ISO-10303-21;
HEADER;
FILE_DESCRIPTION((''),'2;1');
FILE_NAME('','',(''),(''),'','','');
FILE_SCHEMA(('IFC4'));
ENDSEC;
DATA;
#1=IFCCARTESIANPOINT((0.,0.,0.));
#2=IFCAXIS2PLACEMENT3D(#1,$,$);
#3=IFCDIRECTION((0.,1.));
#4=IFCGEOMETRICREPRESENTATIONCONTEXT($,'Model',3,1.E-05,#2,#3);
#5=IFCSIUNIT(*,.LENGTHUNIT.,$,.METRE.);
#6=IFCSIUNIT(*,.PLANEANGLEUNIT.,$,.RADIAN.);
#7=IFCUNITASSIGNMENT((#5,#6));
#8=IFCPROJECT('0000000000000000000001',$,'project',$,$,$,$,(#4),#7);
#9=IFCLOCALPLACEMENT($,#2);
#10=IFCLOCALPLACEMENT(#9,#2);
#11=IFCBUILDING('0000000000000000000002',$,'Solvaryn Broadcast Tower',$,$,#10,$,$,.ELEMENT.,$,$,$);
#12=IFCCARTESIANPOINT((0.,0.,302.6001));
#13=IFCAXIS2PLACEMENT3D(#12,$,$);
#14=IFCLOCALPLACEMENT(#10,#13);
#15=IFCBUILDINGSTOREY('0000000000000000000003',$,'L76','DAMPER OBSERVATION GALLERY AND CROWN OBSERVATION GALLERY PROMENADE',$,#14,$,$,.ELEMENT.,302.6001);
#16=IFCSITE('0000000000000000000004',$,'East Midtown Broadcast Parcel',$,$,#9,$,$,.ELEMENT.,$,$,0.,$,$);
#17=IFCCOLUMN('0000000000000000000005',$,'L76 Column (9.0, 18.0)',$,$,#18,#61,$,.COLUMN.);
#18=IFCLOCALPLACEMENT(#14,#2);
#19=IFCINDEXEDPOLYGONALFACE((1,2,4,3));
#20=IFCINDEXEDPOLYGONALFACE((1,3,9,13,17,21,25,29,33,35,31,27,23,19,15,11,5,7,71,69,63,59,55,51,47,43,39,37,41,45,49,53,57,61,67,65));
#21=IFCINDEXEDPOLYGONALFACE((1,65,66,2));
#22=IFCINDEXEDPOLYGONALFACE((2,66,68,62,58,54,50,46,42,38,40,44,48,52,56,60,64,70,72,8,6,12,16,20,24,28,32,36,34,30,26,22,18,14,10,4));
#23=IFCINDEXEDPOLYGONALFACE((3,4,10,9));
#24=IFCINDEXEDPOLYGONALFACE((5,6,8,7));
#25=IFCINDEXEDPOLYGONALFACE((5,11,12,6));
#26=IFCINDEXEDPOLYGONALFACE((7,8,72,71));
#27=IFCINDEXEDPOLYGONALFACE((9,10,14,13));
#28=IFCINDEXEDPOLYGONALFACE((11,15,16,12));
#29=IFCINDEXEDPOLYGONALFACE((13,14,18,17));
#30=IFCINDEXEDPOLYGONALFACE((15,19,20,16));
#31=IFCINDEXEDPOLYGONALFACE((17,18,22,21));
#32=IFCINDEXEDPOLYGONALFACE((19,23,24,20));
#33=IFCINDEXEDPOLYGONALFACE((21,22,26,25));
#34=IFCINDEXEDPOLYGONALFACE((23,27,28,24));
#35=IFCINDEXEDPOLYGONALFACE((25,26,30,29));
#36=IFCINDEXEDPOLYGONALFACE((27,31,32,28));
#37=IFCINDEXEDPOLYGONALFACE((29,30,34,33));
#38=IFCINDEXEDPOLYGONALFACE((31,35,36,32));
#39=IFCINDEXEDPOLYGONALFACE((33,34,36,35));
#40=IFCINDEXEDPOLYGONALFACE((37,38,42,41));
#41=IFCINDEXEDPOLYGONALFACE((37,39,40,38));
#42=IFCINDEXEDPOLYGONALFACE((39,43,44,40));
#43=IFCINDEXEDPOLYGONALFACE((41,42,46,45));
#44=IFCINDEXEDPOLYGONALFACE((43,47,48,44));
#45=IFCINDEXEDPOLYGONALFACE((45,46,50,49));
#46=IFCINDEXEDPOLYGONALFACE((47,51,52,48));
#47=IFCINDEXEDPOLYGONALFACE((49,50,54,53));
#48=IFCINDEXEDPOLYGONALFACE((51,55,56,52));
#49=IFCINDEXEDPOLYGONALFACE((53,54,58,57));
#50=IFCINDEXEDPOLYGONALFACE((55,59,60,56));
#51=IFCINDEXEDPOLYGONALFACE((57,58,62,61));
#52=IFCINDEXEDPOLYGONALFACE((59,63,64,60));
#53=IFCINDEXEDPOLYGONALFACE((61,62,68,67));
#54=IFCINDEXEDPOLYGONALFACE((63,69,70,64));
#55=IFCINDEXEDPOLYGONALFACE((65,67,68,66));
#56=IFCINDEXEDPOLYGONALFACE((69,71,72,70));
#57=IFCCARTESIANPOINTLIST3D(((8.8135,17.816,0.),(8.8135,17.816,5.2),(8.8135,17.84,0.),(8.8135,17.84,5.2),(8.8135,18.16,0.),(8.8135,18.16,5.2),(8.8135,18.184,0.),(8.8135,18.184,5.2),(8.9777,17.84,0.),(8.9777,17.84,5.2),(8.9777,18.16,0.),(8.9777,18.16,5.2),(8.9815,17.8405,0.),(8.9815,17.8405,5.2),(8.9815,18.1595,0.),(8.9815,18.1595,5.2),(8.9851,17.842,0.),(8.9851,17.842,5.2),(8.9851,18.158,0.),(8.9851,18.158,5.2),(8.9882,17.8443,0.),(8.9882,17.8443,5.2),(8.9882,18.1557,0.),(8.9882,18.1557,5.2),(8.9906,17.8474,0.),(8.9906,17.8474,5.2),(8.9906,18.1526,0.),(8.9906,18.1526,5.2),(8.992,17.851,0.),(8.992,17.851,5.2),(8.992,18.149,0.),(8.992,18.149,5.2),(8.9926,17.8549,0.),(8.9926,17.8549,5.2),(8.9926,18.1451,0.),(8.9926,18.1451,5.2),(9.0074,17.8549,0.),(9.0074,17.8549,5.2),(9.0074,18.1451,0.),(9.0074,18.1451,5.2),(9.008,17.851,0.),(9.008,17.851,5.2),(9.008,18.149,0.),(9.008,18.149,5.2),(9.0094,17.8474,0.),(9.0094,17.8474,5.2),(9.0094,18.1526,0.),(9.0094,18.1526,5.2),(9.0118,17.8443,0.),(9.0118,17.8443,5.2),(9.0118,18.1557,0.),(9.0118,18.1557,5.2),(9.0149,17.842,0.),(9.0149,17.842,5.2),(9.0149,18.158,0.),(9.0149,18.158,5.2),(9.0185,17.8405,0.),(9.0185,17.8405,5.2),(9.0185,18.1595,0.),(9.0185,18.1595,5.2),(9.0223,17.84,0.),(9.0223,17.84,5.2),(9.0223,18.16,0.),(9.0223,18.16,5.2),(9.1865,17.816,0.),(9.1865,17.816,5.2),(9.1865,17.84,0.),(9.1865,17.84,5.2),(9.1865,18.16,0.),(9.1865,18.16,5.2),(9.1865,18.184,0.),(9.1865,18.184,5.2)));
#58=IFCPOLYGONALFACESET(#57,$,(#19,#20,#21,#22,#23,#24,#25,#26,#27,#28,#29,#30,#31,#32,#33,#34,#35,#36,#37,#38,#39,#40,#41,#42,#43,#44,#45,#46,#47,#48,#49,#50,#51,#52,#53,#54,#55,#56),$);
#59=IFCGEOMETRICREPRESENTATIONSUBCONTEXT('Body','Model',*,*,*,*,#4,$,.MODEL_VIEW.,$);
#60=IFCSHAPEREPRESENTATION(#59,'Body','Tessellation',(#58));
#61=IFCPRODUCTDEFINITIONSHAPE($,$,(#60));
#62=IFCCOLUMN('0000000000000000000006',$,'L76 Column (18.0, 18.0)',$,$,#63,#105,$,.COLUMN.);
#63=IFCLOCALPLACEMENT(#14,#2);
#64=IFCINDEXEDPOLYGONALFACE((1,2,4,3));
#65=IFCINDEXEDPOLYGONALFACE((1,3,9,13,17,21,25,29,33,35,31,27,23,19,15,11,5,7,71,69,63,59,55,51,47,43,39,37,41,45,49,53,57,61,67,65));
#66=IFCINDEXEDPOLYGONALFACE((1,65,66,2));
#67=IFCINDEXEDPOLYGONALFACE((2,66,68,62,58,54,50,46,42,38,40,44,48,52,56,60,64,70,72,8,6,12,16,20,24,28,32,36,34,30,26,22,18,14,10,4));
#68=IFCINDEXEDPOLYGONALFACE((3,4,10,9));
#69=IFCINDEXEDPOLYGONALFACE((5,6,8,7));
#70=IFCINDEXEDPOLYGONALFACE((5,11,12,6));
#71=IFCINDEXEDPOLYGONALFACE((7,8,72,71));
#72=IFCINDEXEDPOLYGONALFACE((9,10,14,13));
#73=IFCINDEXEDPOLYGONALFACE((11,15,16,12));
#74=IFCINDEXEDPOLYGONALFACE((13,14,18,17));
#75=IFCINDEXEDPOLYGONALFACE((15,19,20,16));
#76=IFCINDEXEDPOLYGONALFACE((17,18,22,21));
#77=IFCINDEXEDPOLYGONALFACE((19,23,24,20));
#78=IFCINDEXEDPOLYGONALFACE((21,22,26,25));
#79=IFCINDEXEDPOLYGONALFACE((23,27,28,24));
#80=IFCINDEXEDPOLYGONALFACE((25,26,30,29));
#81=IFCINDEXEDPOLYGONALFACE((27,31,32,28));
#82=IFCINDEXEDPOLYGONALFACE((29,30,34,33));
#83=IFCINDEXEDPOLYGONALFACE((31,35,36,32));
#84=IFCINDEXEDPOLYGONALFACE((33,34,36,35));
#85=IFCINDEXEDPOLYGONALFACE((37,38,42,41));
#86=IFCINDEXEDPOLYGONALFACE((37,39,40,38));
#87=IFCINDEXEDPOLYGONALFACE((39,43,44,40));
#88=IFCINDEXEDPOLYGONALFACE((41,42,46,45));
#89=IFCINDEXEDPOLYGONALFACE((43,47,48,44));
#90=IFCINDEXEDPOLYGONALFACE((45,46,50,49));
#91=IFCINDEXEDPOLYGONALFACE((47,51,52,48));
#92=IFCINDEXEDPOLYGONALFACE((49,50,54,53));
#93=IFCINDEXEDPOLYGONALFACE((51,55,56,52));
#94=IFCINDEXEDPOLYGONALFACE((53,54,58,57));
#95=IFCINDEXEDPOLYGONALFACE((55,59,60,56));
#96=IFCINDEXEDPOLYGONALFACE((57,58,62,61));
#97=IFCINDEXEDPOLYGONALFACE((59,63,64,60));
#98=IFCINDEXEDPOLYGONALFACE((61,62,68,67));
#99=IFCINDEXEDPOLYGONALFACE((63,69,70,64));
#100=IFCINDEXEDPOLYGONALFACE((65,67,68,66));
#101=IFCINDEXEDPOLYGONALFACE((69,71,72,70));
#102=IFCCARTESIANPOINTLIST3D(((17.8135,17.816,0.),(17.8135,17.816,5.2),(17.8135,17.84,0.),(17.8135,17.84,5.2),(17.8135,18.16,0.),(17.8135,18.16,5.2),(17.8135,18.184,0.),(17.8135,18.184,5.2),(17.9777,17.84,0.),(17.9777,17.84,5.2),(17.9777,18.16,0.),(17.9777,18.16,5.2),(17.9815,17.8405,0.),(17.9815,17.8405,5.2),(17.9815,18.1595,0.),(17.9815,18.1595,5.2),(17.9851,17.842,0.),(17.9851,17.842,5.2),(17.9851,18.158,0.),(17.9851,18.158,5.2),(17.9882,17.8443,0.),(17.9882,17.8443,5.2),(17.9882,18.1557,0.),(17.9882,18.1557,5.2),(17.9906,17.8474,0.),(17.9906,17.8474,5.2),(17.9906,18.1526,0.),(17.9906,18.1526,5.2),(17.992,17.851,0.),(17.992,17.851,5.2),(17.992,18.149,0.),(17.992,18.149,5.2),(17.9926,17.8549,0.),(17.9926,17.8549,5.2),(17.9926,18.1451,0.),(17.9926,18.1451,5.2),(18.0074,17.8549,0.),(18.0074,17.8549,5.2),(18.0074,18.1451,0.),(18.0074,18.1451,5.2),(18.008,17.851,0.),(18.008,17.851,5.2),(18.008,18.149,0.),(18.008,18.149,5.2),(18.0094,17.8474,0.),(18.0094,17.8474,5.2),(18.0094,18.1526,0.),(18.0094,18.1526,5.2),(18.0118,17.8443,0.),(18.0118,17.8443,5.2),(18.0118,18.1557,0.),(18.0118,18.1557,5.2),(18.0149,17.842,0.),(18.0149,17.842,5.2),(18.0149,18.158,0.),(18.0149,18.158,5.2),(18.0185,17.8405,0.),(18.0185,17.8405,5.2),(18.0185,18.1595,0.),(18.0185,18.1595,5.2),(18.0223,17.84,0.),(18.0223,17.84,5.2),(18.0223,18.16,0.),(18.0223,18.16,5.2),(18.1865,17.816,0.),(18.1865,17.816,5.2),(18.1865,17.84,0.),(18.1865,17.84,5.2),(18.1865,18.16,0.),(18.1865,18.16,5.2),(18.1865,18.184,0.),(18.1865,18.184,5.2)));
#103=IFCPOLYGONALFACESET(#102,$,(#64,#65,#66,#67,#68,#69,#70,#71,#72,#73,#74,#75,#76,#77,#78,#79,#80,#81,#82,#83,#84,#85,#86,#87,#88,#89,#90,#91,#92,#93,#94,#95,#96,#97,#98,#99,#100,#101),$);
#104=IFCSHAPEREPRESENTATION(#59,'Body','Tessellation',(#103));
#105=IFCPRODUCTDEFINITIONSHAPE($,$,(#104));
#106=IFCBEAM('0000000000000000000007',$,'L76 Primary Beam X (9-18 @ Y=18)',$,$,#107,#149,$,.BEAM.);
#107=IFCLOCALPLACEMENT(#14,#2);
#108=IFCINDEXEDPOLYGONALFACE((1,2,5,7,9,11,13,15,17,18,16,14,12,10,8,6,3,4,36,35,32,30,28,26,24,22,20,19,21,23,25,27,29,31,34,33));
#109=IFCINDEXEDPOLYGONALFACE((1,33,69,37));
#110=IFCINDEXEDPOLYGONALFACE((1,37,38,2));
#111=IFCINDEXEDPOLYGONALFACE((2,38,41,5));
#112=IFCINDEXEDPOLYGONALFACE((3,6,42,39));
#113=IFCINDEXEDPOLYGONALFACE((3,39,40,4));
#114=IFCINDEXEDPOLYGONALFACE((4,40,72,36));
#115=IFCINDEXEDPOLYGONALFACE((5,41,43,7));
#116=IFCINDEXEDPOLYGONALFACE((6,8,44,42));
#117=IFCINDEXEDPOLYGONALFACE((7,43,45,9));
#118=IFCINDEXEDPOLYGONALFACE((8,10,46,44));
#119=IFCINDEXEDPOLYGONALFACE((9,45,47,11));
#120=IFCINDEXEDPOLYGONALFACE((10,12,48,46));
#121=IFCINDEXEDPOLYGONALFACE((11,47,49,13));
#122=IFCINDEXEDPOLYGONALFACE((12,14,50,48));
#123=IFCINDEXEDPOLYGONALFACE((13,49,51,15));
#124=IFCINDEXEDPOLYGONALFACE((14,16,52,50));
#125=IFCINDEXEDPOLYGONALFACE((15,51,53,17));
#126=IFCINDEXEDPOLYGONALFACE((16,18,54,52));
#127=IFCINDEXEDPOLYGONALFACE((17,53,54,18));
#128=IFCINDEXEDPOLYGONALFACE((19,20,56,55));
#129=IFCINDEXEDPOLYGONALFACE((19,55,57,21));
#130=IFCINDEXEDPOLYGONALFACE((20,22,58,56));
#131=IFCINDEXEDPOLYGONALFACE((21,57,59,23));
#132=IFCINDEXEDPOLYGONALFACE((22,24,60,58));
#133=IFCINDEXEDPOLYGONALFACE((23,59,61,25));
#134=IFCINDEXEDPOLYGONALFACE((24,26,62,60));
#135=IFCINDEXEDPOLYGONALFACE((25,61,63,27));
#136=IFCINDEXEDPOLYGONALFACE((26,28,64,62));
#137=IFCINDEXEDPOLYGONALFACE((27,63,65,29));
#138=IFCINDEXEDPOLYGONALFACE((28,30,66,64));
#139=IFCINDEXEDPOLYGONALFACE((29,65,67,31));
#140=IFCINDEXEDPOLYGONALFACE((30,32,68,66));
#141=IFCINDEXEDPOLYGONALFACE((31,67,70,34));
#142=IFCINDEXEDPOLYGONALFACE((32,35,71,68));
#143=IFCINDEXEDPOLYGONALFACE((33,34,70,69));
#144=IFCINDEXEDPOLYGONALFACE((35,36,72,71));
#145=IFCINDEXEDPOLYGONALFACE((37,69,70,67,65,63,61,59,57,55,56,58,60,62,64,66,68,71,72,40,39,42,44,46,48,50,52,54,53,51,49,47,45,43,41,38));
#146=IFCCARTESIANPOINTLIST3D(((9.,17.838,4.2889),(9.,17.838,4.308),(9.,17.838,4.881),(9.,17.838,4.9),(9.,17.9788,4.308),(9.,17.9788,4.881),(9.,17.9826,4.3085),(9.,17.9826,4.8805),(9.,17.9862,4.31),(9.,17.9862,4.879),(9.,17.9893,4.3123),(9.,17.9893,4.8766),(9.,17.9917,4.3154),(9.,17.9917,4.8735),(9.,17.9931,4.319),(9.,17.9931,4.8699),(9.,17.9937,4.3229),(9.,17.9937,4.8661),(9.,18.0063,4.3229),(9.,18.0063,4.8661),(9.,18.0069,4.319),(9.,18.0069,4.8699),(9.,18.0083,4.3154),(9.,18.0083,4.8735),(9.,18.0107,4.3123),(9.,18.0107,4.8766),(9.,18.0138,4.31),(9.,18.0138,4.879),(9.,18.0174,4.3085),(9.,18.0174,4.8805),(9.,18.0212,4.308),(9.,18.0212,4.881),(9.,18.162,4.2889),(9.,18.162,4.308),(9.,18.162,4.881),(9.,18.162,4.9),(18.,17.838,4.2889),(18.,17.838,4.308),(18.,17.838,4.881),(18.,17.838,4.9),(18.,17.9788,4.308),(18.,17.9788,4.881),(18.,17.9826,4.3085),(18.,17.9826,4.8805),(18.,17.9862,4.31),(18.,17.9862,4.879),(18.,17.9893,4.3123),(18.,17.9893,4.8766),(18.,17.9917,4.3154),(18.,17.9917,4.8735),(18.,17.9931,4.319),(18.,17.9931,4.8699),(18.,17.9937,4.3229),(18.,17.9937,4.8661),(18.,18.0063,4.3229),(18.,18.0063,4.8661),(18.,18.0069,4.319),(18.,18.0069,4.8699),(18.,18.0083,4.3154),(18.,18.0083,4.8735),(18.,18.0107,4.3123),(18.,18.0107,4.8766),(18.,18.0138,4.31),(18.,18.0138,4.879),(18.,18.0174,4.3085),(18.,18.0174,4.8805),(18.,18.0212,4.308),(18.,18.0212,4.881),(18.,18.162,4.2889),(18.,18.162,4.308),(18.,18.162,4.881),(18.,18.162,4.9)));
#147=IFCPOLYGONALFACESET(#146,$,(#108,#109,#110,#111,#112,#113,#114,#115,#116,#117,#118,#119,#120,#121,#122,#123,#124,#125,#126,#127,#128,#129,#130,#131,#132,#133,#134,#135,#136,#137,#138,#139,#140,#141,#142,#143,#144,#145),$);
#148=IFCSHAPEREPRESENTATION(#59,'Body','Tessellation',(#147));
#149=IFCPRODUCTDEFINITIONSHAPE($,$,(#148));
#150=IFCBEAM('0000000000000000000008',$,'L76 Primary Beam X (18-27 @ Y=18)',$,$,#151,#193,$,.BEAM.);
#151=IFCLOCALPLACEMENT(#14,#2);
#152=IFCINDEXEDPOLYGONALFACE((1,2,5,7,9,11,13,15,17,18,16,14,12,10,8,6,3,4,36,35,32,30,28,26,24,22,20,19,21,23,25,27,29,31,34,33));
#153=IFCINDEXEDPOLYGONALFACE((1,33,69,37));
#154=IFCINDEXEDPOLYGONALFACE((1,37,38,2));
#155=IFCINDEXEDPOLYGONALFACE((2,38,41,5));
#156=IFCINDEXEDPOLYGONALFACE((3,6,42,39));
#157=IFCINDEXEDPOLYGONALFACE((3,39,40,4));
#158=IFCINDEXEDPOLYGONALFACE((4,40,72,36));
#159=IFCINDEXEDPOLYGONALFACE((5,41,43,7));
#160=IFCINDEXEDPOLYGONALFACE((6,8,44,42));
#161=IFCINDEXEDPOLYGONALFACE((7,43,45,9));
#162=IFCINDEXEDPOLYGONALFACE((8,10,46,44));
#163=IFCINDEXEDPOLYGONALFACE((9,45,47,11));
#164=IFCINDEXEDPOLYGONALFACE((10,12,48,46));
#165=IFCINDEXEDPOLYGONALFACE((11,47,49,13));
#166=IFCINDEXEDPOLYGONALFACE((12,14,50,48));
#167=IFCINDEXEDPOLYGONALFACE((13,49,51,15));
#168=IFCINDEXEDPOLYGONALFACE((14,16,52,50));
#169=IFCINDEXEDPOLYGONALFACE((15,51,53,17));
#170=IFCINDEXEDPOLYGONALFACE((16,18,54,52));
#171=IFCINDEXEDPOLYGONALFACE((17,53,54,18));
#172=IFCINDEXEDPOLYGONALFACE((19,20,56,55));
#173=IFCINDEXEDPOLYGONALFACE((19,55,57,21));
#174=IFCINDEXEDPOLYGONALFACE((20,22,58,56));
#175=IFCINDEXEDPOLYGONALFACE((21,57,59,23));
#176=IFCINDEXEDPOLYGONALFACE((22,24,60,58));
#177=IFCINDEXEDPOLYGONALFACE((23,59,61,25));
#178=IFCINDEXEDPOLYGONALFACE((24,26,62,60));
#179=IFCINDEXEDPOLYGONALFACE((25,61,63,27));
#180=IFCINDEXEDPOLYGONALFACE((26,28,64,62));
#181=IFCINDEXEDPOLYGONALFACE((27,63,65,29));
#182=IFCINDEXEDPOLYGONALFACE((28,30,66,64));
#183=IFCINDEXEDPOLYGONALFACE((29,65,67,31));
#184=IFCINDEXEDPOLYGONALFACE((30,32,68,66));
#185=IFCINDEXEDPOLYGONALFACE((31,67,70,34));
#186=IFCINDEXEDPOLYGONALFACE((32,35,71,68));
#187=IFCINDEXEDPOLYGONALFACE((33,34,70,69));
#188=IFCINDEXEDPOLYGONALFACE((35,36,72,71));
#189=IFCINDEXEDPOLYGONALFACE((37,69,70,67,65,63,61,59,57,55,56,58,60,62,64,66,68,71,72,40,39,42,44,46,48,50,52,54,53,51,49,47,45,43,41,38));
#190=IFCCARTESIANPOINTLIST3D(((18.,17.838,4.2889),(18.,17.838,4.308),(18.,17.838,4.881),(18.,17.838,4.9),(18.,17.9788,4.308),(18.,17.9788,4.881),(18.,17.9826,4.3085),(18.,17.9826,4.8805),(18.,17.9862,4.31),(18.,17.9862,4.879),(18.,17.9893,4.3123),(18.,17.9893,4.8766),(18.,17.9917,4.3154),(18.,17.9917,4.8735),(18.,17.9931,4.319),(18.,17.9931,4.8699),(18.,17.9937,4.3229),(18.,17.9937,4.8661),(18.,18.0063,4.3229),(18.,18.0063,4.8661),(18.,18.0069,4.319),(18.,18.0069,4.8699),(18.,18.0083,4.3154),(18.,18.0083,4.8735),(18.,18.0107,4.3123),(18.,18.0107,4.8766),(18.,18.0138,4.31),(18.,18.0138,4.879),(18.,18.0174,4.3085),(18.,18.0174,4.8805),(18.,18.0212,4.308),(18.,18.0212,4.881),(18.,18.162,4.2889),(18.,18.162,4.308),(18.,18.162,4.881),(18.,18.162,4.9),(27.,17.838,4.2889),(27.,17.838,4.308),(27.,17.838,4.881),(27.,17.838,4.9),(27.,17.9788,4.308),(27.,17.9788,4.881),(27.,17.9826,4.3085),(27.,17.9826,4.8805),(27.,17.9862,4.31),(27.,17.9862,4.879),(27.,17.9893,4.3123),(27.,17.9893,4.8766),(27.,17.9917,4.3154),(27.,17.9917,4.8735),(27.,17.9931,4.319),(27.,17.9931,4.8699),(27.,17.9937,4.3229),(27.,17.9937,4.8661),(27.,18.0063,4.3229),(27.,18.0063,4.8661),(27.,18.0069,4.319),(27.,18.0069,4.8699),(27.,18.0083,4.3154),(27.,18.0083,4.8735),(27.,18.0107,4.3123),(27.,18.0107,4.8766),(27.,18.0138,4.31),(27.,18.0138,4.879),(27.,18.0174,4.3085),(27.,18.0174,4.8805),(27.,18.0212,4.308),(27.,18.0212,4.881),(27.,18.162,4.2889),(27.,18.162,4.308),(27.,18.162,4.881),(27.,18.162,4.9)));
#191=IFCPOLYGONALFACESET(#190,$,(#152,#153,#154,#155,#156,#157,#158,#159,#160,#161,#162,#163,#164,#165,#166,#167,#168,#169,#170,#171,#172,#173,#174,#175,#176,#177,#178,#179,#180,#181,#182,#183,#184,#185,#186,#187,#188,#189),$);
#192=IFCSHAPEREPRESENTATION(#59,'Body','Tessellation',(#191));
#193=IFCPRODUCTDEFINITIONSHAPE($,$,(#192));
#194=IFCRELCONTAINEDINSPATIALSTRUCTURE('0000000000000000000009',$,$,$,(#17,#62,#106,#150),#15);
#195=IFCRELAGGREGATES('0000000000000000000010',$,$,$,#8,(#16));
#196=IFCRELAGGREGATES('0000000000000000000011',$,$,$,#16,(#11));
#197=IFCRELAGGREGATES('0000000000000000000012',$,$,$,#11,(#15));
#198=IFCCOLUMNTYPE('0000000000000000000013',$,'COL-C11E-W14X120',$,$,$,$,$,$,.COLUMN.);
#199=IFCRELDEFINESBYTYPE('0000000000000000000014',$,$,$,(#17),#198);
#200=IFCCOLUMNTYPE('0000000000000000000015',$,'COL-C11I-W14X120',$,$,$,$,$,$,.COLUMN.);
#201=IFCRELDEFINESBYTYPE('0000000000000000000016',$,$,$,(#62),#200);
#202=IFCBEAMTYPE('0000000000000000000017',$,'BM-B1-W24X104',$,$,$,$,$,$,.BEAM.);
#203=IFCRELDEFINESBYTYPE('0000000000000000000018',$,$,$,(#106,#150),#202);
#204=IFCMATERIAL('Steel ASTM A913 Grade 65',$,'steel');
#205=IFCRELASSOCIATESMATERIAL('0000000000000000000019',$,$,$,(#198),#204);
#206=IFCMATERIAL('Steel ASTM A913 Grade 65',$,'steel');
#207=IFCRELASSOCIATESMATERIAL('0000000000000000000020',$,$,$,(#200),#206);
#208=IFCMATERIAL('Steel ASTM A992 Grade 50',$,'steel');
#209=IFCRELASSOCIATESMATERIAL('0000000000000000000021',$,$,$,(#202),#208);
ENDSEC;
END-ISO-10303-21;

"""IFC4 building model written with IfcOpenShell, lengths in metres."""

from ifc_helpers import new_model, si_unit, direction, frame, origin, origin_2d, place, context, subcontext, project, spatial, i_section, extrude, material, material_profile, profile_set, type_object, element, save


model = new_model("IFC4")

# Units and contexts
model_context = context("Model", 3, precision=1e-05, world=origin(), true_north=direction((0.0, 1.0)))
body_context = subcontext(model_context, "Body", "Model", "MODEL_VIEW")
ifc_project = project(units=[si_unit("LENGTHUNIT", "METRE"), si_unit("PLANEANGLEUNIT", "RADIAN")], contexts=[model_context])

# Site, building, storey
site_placement = place(None, origin())
site = spatial("IfcSite", under=ifc_project, at=site_placement, Name="East Midtown Broadcast Parcel", CompositionType="ELEMENT", RefElevation=0.0)
building_placement = place(site_placement, origin())
building = spatial("IfcBuilding", under=site, at=building_placement, Name="Solvaryn Broadcast Tower", CompositionType="ELEMENT")
storey_placement = place(building_placement, frame((0.0, 0.0, 302.6001)))
storey = spatial("IfcBuildingStorey", under=building, at=storey_placement, Name="L76", Description="DAMPER OBSERVATION GALLERY AND CROWN OBSERVATION GALLERY PROMENADE", CompositionType="ELEMENT", Elevation=302.6001)

# Columns
ifc_material_1 = material(Name="Steel ASTM A913 Grade 65", Category="steel")
ifc_material_profile_1 = material_profile(ifc_material_1, i_section(OverallWidth=0.373, OverallDepth=0.3679, WebThickness=0.0149, FlangeThickness=0.0239, FilletRadius=0.0149, at=origin_2d()))
ifc_profile_set_1 = profile_set([ifc_material_profile_1], Name="Steel ASTM A913 Grade 65")
column_type_1 = type_object("IfcColumnType", Name="COL-C11E-W14X120", PredefinedType="COLUMN", material=ifc_profile_set_1)
column_1_placement = place(storey_placement, frame((9.0, 18.0, 0.0), z_axis=(0.0, 0.0, 1.0), x_axis=(1.0, 0.0, 0.0)))
element("IfcColumn", 1, at=column_1_placement, inside=storey, type_object=column_type_1, Name="L76 Column (9.0, 18.0)", PredefinedType="COLUMN", context=body_context, shape_type="SweptSolid", body=[
    extrude(i_section(OverallWidth=0.373, OverallDepth=0.3679, WebThickness=0.0149, FlangeThickness=0.0239, FilletRadius=0.0149, at=origin_2d()), origin(), (0.0, 0.0, 1.0), 5.2),
])
ifc_material_2 = material(Name="Steel ASTM A913 Grade 65", Category="steel")
ifc_material_profile_2 = material_profile(ifc_material_2, i_section(OverallWidth=0.373, OverallDepth=0.3679, WebThickness=0.0149, FlangeThickness=0.0239, FilletRadius=0.0149, at=origin_2d()))
ifc_profile_set_2 = profile_set([ifc_material_profile_2], Name="Steel ASTM A913 Grade 65")
column_type_2 = type_object("IfcColumnType", Name="COL-C11I-W14X120", PredefinedType="COLUMN", material=ifc_profile_set_2)
column_2_placement = place(storey_placement, frame((18.0, 18.0, 0.0), z_axis=(0.0, 0.0, 1.0), x_axis=(1.0, 0.0, 0.0)))
element("IfcColumn", 2, at=column_2_placement, inside=storey, type_object=column_type_2, Name="L76 Column (18.0, 18.0)", PredefinedType="COLUMN", context=body_context, shape_type="SweptSolid", body=[
    extrude(i_section(OverallWidth=0.373, OverallDepth=0.3679, WebThickness=0.0149, FlangeThickness=0.0239, FilletRadius=0.0149, at=origin_2d()), origin(), (0.0, 0.0, 1.0), 5.2),
])

# Beams
ifc_material_3 = material(Name="Steel ASTM A992 Grade 50", Category="steel")
ifc_material_profile_3 = material_profile(ifc_material_3, i_section(OverallWidth=0.324, OverallDepth=0.6111, WebThickness=0.0127, FlangeThickness=0.019, FilletRadius=0.0149, at=origin_2d()))
ifc_profile_set_3 = profile_set([ifc_material_profile_3], Name="Steel ASTM A992 Grade 50")
beam_type_1 = type_object("IfcBeamType", Name="BM-B1-W24X104", PredefinedType="BEAM", material=ifc_profile_set_3)
for number, where, z_axis, x_axis, name in (
    (3, (9.0, 18.0, 4.5945), (1.0, 0.0, 0.0), (0.0, 1.0, 0.0), "L76 Primary Beam X (9-18 @ Y=18)"),
    (4, (18.0, 18.0, 4.5945), (1.0, 0.0, 0.0), (0.0, 1.0, 0.0), "L76 Primary Beam X (18-27 @ Y=18)"),
):
    element("IfcBeam", number, at=place(storey_placement, frame(where, z_axis=z_axis, x_axis=x_axis)), inside=storey, type_object=beam_type_1, Name=name, PredefinedType="BEAM", context=body_context, shape_type="SweptSolid", body=[
        extrude(i_section(OverallWidth=0.324, OverallDepth=0.6111, WebThickness=0.0127, FlangeThickness=0.019, FilletRadius=0.0149, at=origin_2d()), origin(), (0.0, 0.0, 1.0), 9.0),
    ])

save(model, "model.ifc")
